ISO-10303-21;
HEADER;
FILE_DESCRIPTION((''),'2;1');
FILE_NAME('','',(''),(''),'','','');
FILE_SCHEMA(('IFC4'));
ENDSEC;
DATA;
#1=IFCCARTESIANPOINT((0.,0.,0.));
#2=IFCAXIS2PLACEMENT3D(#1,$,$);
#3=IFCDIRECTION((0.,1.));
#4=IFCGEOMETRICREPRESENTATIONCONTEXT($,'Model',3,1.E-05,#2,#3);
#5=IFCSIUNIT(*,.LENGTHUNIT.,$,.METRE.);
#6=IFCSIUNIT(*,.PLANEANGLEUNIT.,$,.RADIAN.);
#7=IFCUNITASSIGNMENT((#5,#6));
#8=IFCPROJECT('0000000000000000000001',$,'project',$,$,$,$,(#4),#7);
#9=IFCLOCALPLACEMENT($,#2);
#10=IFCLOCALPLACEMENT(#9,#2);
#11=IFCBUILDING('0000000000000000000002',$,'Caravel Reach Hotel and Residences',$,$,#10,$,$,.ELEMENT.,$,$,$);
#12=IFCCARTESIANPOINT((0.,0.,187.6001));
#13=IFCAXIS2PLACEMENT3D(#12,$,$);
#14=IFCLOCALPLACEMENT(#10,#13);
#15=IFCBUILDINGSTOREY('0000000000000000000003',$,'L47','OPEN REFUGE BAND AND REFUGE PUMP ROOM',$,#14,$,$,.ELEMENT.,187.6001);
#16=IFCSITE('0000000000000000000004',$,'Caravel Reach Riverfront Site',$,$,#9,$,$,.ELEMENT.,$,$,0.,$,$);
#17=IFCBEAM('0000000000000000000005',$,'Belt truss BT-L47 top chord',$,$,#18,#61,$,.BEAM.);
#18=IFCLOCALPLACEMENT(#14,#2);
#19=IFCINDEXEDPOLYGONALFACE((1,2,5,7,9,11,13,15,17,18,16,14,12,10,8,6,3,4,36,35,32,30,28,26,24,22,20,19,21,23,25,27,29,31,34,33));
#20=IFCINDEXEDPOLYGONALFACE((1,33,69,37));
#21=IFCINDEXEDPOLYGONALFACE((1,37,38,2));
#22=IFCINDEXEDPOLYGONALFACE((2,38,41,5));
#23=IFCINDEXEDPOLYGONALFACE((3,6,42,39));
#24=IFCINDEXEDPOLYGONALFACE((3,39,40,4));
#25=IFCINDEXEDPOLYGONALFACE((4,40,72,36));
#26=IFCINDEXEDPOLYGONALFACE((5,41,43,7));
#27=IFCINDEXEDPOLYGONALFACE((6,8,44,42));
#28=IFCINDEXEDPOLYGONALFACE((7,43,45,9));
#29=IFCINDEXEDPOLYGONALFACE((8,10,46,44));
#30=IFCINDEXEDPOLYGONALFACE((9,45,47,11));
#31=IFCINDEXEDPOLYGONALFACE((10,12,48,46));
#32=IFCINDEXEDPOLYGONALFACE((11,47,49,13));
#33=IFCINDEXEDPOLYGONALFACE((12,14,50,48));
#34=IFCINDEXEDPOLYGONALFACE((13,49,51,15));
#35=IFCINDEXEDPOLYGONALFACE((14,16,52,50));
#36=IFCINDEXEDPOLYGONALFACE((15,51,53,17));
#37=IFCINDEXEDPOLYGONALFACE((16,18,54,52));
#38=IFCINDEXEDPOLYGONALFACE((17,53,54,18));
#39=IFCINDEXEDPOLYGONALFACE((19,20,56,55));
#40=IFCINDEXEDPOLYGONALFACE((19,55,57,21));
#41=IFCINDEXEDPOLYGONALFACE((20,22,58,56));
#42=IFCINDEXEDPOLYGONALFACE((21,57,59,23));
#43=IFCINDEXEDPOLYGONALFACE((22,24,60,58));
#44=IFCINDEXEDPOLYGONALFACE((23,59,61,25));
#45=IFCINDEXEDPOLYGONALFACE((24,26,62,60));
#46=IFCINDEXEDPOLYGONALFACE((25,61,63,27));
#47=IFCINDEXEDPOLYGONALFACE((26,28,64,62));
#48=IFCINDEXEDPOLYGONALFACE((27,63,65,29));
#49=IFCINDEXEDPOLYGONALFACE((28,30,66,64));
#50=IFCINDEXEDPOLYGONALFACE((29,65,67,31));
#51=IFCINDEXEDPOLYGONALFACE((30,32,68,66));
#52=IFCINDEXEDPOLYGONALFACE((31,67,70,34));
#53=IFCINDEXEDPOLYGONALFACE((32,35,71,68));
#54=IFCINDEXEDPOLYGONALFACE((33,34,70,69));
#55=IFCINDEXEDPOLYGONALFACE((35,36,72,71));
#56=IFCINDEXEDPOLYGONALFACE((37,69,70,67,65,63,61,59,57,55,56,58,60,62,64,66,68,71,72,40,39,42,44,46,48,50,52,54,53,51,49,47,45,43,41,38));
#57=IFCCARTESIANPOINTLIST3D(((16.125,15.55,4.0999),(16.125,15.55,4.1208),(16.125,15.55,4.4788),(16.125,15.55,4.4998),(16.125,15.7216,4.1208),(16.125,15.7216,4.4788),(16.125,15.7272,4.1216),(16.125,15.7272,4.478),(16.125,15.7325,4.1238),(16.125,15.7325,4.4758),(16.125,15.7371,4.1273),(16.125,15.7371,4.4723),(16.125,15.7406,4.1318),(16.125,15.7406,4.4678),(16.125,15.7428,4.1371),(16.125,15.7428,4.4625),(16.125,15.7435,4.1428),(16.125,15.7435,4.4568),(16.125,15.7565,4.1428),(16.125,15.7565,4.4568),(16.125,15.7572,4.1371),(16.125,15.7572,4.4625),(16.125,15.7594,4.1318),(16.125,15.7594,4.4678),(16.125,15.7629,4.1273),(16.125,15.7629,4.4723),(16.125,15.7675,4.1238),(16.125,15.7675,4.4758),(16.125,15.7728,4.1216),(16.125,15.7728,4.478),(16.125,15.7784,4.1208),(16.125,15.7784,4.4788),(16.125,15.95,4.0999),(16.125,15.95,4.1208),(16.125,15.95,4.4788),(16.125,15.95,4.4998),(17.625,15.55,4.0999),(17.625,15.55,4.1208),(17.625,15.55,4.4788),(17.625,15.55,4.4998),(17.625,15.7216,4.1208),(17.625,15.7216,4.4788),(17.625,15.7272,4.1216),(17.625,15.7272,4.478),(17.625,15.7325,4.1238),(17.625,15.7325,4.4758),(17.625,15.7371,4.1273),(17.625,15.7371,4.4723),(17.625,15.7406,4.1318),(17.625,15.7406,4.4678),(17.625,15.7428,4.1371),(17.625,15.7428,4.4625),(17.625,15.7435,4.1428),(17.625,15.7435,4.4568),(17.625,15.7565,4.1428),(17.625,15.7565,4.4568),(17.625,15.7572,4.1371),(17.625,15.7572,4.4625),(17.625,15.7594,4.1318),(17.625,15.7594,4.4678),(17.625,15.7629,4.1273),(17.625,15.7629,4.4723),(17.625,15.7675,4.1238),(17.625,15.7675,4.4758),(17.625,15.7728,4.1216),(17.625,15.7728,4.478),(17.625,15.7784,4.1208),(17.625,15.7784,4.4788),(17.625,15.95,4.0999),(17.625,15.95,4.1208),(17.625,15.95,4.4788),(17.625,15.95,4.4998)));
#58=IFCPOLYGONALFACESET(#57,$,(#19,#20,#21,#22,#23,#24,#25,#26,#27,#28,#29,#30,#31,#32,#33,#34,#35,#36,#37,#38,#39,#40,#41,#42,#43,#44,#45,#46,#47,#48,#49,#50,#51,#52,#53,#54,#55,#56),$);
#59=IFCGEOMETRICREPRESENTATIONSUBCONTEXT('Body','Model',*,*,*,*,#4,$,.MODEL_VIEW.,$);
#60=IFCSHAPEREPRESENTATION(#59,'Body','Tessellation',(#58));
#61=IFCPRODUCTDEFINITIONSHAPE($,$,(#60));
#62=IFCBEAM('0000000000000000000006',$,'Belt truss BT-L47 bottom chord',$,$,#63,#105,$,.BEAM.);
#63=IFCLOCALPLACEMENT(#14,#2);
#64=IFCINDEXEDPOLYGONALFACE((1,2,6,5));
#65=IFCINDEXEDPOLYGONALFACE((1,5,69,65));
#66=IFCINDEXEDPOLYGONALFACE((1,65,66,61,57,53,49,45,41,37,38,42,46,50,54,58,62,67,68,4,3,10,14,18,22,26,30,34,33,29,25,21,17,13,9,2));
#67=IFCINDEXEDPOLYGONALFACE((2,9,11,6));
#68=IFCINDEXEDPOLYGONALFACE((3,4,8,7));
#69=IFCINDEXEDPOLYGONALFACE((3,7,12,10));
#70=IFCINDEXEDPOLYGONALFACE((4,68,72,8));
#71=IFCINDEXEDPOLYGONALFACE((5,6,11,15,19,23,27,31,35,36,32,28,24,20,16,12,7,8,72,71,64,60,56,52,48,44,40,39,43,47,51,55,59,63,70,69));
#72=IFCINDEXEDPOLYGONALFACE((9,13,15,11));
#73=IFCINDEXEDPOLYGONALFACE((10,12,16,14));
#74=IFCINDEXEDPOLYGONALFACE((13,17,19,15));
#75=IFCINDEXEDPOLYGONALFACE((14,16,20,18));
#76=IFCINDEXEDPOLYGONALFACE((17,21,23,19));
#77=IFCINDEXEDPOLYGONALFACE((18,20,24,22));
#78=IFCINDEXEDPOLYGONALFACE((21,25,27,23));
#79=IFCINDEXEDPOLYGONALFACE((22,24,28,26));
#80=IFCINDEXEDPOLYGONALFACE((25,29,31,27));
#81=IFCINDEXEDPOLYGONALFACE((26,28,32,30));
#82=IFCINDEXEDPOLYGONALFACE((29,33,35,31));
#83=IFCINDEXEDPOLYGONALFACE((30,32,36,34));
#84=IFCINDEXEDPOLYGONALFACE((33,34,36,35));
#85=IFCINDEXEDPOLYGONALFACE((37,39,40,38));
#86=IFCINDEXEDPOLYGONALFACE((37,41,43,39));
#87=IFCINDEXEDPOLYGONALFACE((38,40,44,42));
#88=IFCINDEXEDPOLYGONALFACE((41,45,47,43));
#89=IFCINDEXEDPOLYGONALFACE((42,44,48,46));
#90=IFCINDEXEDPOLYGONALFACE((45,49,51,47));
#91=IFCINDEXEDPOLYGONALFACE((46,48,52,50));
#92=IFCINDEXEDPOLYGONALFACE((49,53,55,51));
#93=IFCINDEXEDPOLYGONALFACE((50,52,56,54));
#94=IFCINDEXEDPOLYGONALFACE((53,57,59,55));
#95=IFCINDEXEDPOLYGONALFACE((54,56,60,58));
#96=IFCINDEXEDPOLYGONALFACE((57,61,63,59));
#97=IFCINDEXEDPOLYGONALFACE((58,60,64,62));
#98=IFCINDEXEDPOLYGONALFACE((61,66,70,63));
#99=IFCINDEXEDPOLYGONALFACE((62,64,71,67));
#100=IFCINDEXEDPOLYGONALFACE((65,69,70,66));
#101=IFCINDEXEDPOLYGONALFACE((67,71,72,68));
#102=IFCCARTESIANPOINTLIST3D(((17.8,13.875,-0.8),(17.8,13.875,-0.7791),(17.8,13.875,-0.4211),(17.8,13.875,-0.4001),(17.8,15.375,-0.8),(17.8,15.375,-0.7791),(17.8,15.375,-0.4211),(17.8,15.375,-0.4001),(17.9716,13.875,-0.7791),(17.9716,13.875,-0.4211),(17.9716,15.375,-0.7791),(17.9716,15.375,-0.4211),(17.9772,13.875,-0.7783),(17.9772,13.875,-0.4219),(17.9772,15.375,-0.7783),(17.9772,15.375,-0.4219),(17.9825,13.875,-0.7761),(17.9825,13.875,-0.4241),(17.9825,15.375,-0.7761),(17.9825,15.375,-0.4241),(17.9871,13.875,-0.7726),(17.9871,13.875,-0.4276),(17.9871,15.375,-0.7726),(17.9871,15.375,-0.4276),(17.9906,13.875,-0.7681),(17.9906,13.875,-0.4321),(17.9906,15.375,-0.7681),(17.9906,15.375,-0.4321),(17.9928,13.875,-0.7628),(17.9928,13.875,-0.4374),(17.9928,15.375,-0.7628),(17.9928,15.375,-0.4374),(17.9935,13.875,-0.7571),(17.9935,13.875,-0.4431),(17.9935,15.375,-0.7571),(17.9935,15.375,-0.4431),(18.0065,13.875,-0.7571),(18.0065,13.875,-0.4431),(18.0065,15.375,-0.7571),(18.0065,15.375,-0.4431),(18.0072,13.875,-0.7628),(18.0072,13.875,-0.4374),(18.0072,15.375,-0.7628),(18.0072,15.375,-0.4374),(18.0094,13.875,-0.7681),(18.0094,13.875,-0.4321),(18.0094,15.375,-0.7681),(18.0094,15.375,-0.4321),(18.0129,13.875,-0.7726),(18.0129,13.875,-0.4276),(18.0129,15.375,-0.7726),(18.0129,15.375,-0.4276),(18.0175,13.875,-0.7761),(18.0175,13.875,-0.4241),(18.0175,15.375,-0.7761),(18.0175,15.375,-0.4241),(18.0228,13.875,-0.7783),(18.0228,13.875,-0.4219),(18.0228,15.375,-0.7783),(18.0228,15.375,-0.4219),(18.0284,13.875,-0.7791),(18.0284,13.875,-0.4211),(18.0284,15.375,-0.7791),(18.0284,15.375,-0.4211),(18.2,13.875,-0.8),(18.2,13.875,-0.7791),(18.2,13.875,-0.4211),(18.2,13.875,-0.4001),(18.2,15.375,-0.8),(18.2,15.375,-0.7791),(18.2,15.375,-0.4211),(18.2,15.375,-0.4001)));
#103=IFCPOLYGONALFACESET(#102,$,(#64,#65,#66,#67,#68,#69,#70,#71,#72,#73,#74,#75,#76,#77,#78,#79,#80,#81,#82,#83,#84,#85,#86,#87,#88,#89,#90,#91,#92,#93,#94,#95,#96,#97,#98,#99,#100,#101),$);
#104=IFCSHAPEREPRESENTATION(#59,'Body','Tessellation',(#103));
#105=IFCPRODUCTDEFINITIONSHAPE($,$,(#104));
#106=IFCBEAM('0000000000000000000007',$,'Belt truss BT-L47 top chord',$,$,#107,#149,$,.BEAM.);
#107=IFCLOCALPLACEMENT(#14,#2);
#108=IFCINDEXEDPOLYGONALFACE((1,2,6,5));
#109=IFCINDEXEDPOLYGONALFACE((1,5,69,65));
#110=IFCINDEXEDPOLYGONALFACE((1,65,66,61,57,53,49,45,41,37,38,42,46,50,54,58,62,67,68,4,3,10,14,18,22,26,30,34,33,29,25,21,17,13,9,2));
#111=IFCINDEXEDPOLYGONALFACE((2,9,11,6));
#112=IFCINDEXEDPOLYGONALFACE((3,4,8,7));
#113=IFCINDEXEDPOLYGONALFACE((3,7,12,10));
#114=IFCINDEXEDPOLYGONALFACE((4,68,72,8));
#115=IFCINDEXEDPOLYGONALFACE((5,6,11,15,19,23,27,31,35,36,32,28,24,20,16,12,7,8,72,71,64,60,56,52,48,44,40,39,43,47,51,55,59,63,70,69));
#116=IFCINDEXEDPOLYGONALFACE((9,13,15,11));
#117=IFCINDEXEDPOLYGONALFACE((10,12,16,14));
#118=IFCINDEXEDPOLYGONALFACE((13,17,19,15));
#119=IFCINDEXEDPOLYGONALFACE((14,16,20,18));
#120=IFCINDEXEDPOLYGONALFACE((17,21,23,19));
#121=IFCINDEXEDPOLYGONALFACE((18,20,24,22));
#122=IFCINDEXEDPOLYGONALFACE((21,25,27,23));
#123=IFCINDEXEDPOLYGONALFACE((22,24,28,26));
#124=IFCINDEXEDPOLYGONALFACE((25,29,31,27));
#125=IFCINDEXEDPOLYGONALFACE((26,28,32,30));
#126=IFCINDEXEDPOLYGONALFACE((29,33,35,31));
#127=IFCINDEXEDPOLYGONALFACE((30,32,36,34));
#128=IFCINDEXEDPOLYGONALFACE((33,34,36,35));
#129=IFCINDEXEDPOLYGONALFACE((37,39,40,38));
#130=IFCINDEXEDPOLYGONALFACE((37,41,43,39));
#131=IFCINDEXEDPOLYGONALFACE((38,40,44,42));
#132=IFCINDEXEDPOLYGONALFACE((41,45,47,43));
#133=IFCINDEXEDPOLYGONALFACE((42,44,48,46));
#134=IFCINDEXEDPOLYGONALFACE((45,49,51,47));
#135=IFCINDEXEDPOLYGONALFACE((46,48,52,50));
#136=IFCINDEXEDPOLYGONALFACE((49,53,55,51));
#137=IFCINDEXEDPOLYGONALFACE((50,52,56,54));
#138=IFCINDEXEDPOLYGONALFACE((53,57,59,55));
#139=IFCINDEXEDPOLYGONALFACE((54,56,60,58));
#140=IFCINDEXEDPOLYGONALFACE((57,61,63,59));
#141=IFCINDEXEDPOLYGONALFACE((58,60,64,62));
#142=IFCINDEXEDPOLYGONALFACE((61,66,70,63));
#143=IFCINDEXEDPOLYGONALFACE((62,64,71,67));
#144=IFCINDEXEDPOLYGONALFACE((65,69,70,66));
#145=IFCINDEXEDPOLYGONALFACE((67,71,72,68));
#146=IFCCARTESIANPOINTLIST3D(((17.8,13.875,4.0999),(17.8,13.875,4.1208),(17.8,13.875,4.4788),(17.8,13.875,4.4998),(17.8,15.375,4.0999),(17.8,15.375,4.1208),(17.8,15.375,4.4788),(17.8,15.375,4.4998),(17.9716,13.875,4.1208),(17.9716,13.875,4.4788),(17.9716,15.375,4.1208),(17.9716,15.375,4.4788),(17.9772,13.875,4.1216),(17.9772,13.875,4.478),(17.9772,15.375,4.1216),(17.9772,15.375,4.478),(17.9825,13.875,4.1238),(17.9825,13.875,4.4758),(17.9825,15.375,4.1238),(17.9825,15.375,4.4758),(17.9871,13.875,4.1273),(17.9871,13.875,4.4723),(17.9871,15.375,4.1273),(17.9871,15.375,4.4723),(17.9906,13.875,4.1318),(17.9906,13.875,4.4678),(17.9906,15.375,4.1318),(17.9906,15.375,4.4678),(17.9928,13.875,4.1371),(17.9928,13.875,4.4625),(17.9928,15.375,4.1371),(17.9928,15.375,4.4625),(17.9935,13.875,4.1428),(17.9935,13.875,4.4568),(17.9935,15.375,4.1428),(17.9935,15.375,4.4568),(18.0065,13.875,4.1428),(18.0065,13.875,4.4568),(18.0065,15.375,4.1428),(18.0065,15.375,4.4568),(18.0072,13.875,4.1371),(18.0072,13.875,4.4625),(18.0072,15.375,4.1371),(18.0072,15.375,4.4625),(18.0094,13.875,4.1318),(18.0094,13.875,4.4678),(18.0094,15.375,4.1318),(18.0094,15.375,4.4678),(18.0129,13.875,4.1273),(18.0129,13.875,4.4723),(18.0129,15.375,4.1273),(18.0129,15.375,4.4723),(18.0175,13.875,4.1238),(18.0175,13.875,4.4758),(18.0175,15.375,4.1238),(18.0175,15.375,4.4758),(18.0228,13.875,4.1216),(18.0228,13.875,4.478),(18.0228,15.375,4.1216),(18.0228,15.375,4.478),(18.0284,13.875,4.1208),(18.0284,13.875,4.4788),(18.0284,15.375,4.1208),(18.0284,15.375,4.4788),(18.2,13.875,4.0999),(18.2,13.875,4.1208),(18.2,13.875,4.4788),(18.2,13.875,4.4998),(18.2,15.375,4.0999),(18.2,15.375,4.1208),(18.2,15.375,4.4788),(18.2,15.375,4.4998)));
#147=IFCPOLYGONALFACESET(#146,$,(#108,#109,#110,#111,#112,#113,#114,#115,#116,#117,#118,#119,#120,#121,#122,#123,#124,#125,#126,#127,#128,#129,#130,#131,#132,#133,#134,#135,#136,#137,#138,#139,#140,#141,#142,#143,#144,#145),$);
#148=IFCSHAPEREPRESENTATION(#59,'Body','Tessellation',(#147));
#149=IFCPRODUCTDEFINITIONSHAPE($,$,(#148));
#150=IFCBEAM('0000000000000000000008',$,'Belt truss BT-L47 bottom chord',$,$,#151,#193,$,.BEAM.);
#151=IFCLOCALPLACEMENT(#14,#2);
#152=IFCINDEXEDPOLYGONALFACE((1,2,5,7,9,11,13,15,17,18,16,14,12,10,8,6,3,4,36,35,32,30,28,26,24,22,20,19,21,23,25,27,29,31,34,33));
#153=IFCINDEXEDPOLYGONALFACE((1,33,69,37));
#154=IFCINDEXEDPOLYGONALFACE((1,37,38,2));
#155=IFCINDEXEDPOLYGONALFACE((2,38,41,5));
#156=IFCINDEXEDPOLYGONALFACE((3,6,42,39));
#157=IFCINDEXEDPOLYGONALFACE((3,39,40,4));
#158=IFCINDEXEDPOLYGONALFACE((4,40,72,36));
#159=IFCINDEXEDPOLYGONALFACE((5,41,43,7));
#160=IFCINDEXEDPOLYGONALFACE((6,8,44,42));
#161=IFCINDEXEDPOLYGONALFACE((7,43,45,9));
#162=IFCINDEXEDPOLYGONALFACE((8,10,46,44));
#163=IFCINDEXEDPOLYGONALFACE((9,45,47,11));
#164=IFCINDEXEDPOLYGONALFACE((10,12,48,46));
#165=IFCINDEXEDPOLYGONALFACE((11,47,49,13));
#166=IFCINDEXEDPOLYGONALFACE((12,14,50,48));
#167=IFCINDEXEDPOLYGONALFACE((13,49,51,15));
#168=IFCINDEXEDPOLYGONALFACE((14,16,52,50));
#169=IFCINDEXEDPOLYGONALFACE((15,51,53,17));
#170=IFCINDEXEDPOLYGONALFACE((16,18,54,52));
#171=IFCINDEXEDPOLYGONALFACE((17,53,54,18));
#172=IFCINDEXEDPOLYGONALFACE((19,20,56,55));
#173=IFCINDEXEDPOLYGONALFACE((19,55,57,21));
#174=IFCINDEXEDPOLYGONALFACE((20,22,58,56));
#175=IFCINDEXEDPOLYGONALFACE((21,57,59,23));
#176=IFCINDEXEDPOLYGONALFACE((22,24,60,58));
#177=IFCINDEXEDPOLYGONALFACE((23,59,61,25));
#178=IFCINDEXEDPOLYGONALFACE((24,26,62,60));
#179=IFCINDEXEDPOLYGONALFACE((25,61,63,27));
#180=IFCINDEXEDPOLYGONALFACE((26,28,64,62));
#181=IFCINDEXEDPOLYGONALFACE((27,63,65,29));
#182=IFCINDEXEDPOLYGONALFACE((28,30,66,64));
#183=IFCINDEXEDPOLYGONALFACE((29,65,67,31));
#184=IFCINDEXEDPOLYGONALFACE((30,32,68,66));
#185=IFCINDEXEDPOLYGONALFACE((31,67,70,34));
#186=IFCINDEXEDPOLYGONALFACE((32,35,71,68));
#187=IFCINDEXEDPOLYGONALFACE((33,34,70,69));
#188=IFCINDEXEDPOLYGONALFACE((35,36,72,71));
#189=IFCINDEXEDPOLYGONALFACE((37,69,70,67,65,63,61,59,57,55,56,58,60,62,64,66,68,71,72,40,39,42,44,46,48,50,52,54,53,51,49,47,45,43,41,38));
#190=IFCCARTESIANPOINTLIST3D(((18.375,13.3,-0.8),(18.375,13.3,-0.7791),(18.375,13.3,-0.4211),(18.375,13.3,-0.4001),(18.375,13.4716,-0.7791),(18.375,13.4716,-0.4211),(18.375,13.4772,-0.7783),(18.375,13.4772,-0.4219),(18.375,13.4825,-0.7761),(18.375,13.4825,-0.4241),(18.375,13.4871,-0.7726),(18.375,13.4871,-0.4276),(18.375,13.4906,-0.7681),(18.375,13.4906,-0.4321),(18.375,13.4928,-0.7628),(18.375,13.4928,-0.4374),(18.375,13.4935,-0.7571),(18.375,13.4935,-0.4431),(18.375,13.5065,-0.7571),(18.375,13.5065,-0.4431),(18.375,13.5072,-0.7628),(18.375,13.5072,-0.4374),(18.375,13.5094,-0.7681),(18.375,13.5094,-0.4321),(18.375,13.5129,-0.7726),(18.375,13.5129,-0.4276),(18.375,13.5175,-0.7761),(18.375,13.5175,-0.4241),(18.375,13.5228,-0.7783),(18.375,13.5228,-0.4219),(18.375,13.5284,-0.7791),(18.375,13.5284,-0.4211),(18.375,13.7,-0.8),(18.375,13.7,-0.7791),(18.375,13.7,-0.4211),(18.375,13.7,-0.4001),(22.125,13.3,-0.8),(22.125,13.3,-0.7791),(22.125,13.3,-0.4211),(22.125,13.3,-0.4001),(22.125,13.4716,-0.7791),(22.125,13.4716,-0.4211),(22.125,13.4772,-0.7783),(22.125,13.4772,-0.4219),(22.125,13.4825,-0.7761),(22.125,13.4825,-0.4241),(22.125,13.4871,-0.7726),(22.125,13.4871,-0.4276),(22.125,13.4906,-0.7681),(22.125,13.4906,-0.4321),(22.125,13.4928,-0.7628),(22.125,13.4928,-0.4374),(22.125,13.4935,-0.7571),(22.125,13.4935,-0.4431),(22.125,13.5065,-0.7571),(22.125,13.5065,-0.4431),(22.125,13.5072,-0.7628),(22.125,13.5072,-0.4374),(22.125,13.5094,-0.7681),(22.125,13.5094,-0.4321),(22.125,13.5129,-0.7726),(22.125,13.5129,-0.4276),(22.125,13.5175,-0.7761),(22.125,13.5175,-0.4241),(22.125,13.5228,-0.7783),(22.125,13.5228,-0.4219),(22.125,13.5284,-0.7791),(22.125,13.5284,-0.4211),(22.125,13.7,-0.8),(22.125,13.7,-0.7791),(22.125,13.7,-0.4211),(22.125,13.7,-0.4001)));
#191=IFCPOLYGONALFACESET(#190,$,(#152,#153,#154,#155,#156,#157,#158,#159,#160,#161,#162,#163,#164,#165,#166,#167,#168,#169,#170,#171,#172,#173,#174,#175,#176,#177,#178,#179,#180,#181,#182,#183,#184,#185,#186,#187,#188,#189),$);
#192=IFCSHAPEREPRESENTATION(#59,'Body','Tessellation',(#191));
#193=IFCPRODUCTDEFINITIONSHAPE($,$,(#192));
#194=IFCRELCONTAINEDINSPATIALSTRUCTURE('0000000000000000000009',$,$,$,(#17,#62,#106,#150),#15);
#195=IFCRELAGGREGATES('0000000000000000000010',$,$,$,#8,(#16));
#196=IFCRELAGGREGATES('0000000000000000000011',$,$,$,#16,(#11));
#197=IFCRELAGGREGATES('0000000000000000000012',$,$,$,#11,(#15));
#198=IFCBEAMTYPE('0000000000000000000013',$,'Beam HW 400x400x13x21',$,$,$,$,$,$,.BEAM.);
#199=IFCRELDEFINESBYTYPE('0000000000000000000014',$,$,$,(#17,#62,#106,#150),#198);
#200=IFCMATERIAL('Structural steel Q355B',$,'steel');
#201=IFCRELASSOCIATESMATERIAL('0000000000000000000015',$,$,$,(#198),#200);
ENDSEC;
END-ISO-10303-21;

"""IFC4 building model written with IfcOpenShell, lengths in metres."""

from ifc_helpers import new_model, si_unit, direction, frame, origin, origin_2d, place, context, subcontext, project, spatial, i_section, extrude, material, material_profile, profile_set, type_object, element, save


model = new_model("IFC4")

# Units and contexts
model_context = context("Model", 3, precision=1e-05, world=origin(), true_north=direction((0.0, 1.0)))
body_context = subcontext(model_context, "Body", "Model", "MODEL_VIEW")
ifc_project = project(units=[si_unit("LENGTHUNIT", "METRE"), si_unit("PLANEANGLEUNIT", "RADIAN")], contexts=[model_context])

# Site, building, storey
site_placement = place(None, origin())
site = spatial("IfcSite", under=ifc_project, at=site_placement, Name="Caravel Reach Riverfront Site", CompositionType="ELEMENT", RefElevation=0.0)
building_placement = place(site_placement, origin())
building = spatial("IfcBuilding", under=site, at=building_placement, Name="Caravel Reach Hotel and Residences", CompositionType="ELEMENT")
storey_placement = place(building_placement, frame((0.0, 0.0, 187.6001)))
storey = spatial("IfcBuildingStorey", under=building, at=storey_placement, Name="L47", Description="OPEN REFUGE BAND AND REFUGE PUMP ROOM", CompositionType="ELEMENT", Elevation=187.6001)

# Beams
ifc_material_1 = material(Name="Structural steel Q355B", Category="steel")
ifc_material_profile_1 = material_profile(ifc_material_1, i_section(OverallWidth=0.3999, OverallDepth=0.3999, WebThickness=0.0129, FlangeThickness=0.021, FilletRadius=0.022, at=origin_2d()), Name="HW 400x400x13x21")
ifc_profile_set_1 = profile_set([ifc_material_profile_1], Name="Structural steel Q355B")
beam_type_1 = type_object("IfcBeamType", Name="Beam HW 400x400x13x21", PredefinedType="BEAM", material=ifc_profile_set_1)
for number, where, z_axis, x_axis, name in (
    (1, (16.125, 15.75, 4.2998), (1.0, 0.0, 0.0), (0.0, 1.0, 0.0), "Belt truss BT-L47 top chord"),
    (2, (18.0, 15.375, -0.6001), (0.0, -1.0, 0.0), (1.0, 0.0, 0.0), "Belt truss BT-L47 bottom chord"),
    (3, (18.0, 15.375, 4.2998), (0.0, -1.0, 0.0), (1.0, 0.0, 0.0), "Belt truss BT-L47 top chord"),
):
    element("IfcBeam", number, at=place(storey_placement, frame(where, z_axis=z_axis, x_axis=x_axis)), inside=storey, type_object=beam_type_1, Name=name, PredefinedType="BEAM", context=body_context, shape_type="SweptSolid", body=[
        extrude(i_section(OverallWidth=0.3999, OverallDepth=0.3999, WebThickness=0.0129, FlangeThickness=0.021, FilletRadius=0.022, at=origin_2d()), origin(), (0.0, 0.0, 1.0), 1.5),
    ])
for number, where, z_axis, x_axis, name in (
    (4, (18.375, 13.5, -0.6001), (1.0, 0.0, 0.0), (0.0, 1.0, 0.0), "Belt truss BT-L47 bottom chord"),
):
    element("IfcBeam", number, at=place(storey_placement, frame(where, z_axis=z_axis, x_axis=x_axis)), inside=storey, type_object=beam_type_1, Name=name, PredefinedType="BEAM", context=body_context, shape_type="SweptSolid", body=[
        extrude(i_section(OverallWidth=0.3999, OverallDepth=0.3999, WebThickness=0.0129, FlangeThickness=0.021, FilletRadius=0.022, at=origin_2d()), origin(), (0.0, 0.0, 1.0), 3.75),
    ])

save(model, "model.ifc")
